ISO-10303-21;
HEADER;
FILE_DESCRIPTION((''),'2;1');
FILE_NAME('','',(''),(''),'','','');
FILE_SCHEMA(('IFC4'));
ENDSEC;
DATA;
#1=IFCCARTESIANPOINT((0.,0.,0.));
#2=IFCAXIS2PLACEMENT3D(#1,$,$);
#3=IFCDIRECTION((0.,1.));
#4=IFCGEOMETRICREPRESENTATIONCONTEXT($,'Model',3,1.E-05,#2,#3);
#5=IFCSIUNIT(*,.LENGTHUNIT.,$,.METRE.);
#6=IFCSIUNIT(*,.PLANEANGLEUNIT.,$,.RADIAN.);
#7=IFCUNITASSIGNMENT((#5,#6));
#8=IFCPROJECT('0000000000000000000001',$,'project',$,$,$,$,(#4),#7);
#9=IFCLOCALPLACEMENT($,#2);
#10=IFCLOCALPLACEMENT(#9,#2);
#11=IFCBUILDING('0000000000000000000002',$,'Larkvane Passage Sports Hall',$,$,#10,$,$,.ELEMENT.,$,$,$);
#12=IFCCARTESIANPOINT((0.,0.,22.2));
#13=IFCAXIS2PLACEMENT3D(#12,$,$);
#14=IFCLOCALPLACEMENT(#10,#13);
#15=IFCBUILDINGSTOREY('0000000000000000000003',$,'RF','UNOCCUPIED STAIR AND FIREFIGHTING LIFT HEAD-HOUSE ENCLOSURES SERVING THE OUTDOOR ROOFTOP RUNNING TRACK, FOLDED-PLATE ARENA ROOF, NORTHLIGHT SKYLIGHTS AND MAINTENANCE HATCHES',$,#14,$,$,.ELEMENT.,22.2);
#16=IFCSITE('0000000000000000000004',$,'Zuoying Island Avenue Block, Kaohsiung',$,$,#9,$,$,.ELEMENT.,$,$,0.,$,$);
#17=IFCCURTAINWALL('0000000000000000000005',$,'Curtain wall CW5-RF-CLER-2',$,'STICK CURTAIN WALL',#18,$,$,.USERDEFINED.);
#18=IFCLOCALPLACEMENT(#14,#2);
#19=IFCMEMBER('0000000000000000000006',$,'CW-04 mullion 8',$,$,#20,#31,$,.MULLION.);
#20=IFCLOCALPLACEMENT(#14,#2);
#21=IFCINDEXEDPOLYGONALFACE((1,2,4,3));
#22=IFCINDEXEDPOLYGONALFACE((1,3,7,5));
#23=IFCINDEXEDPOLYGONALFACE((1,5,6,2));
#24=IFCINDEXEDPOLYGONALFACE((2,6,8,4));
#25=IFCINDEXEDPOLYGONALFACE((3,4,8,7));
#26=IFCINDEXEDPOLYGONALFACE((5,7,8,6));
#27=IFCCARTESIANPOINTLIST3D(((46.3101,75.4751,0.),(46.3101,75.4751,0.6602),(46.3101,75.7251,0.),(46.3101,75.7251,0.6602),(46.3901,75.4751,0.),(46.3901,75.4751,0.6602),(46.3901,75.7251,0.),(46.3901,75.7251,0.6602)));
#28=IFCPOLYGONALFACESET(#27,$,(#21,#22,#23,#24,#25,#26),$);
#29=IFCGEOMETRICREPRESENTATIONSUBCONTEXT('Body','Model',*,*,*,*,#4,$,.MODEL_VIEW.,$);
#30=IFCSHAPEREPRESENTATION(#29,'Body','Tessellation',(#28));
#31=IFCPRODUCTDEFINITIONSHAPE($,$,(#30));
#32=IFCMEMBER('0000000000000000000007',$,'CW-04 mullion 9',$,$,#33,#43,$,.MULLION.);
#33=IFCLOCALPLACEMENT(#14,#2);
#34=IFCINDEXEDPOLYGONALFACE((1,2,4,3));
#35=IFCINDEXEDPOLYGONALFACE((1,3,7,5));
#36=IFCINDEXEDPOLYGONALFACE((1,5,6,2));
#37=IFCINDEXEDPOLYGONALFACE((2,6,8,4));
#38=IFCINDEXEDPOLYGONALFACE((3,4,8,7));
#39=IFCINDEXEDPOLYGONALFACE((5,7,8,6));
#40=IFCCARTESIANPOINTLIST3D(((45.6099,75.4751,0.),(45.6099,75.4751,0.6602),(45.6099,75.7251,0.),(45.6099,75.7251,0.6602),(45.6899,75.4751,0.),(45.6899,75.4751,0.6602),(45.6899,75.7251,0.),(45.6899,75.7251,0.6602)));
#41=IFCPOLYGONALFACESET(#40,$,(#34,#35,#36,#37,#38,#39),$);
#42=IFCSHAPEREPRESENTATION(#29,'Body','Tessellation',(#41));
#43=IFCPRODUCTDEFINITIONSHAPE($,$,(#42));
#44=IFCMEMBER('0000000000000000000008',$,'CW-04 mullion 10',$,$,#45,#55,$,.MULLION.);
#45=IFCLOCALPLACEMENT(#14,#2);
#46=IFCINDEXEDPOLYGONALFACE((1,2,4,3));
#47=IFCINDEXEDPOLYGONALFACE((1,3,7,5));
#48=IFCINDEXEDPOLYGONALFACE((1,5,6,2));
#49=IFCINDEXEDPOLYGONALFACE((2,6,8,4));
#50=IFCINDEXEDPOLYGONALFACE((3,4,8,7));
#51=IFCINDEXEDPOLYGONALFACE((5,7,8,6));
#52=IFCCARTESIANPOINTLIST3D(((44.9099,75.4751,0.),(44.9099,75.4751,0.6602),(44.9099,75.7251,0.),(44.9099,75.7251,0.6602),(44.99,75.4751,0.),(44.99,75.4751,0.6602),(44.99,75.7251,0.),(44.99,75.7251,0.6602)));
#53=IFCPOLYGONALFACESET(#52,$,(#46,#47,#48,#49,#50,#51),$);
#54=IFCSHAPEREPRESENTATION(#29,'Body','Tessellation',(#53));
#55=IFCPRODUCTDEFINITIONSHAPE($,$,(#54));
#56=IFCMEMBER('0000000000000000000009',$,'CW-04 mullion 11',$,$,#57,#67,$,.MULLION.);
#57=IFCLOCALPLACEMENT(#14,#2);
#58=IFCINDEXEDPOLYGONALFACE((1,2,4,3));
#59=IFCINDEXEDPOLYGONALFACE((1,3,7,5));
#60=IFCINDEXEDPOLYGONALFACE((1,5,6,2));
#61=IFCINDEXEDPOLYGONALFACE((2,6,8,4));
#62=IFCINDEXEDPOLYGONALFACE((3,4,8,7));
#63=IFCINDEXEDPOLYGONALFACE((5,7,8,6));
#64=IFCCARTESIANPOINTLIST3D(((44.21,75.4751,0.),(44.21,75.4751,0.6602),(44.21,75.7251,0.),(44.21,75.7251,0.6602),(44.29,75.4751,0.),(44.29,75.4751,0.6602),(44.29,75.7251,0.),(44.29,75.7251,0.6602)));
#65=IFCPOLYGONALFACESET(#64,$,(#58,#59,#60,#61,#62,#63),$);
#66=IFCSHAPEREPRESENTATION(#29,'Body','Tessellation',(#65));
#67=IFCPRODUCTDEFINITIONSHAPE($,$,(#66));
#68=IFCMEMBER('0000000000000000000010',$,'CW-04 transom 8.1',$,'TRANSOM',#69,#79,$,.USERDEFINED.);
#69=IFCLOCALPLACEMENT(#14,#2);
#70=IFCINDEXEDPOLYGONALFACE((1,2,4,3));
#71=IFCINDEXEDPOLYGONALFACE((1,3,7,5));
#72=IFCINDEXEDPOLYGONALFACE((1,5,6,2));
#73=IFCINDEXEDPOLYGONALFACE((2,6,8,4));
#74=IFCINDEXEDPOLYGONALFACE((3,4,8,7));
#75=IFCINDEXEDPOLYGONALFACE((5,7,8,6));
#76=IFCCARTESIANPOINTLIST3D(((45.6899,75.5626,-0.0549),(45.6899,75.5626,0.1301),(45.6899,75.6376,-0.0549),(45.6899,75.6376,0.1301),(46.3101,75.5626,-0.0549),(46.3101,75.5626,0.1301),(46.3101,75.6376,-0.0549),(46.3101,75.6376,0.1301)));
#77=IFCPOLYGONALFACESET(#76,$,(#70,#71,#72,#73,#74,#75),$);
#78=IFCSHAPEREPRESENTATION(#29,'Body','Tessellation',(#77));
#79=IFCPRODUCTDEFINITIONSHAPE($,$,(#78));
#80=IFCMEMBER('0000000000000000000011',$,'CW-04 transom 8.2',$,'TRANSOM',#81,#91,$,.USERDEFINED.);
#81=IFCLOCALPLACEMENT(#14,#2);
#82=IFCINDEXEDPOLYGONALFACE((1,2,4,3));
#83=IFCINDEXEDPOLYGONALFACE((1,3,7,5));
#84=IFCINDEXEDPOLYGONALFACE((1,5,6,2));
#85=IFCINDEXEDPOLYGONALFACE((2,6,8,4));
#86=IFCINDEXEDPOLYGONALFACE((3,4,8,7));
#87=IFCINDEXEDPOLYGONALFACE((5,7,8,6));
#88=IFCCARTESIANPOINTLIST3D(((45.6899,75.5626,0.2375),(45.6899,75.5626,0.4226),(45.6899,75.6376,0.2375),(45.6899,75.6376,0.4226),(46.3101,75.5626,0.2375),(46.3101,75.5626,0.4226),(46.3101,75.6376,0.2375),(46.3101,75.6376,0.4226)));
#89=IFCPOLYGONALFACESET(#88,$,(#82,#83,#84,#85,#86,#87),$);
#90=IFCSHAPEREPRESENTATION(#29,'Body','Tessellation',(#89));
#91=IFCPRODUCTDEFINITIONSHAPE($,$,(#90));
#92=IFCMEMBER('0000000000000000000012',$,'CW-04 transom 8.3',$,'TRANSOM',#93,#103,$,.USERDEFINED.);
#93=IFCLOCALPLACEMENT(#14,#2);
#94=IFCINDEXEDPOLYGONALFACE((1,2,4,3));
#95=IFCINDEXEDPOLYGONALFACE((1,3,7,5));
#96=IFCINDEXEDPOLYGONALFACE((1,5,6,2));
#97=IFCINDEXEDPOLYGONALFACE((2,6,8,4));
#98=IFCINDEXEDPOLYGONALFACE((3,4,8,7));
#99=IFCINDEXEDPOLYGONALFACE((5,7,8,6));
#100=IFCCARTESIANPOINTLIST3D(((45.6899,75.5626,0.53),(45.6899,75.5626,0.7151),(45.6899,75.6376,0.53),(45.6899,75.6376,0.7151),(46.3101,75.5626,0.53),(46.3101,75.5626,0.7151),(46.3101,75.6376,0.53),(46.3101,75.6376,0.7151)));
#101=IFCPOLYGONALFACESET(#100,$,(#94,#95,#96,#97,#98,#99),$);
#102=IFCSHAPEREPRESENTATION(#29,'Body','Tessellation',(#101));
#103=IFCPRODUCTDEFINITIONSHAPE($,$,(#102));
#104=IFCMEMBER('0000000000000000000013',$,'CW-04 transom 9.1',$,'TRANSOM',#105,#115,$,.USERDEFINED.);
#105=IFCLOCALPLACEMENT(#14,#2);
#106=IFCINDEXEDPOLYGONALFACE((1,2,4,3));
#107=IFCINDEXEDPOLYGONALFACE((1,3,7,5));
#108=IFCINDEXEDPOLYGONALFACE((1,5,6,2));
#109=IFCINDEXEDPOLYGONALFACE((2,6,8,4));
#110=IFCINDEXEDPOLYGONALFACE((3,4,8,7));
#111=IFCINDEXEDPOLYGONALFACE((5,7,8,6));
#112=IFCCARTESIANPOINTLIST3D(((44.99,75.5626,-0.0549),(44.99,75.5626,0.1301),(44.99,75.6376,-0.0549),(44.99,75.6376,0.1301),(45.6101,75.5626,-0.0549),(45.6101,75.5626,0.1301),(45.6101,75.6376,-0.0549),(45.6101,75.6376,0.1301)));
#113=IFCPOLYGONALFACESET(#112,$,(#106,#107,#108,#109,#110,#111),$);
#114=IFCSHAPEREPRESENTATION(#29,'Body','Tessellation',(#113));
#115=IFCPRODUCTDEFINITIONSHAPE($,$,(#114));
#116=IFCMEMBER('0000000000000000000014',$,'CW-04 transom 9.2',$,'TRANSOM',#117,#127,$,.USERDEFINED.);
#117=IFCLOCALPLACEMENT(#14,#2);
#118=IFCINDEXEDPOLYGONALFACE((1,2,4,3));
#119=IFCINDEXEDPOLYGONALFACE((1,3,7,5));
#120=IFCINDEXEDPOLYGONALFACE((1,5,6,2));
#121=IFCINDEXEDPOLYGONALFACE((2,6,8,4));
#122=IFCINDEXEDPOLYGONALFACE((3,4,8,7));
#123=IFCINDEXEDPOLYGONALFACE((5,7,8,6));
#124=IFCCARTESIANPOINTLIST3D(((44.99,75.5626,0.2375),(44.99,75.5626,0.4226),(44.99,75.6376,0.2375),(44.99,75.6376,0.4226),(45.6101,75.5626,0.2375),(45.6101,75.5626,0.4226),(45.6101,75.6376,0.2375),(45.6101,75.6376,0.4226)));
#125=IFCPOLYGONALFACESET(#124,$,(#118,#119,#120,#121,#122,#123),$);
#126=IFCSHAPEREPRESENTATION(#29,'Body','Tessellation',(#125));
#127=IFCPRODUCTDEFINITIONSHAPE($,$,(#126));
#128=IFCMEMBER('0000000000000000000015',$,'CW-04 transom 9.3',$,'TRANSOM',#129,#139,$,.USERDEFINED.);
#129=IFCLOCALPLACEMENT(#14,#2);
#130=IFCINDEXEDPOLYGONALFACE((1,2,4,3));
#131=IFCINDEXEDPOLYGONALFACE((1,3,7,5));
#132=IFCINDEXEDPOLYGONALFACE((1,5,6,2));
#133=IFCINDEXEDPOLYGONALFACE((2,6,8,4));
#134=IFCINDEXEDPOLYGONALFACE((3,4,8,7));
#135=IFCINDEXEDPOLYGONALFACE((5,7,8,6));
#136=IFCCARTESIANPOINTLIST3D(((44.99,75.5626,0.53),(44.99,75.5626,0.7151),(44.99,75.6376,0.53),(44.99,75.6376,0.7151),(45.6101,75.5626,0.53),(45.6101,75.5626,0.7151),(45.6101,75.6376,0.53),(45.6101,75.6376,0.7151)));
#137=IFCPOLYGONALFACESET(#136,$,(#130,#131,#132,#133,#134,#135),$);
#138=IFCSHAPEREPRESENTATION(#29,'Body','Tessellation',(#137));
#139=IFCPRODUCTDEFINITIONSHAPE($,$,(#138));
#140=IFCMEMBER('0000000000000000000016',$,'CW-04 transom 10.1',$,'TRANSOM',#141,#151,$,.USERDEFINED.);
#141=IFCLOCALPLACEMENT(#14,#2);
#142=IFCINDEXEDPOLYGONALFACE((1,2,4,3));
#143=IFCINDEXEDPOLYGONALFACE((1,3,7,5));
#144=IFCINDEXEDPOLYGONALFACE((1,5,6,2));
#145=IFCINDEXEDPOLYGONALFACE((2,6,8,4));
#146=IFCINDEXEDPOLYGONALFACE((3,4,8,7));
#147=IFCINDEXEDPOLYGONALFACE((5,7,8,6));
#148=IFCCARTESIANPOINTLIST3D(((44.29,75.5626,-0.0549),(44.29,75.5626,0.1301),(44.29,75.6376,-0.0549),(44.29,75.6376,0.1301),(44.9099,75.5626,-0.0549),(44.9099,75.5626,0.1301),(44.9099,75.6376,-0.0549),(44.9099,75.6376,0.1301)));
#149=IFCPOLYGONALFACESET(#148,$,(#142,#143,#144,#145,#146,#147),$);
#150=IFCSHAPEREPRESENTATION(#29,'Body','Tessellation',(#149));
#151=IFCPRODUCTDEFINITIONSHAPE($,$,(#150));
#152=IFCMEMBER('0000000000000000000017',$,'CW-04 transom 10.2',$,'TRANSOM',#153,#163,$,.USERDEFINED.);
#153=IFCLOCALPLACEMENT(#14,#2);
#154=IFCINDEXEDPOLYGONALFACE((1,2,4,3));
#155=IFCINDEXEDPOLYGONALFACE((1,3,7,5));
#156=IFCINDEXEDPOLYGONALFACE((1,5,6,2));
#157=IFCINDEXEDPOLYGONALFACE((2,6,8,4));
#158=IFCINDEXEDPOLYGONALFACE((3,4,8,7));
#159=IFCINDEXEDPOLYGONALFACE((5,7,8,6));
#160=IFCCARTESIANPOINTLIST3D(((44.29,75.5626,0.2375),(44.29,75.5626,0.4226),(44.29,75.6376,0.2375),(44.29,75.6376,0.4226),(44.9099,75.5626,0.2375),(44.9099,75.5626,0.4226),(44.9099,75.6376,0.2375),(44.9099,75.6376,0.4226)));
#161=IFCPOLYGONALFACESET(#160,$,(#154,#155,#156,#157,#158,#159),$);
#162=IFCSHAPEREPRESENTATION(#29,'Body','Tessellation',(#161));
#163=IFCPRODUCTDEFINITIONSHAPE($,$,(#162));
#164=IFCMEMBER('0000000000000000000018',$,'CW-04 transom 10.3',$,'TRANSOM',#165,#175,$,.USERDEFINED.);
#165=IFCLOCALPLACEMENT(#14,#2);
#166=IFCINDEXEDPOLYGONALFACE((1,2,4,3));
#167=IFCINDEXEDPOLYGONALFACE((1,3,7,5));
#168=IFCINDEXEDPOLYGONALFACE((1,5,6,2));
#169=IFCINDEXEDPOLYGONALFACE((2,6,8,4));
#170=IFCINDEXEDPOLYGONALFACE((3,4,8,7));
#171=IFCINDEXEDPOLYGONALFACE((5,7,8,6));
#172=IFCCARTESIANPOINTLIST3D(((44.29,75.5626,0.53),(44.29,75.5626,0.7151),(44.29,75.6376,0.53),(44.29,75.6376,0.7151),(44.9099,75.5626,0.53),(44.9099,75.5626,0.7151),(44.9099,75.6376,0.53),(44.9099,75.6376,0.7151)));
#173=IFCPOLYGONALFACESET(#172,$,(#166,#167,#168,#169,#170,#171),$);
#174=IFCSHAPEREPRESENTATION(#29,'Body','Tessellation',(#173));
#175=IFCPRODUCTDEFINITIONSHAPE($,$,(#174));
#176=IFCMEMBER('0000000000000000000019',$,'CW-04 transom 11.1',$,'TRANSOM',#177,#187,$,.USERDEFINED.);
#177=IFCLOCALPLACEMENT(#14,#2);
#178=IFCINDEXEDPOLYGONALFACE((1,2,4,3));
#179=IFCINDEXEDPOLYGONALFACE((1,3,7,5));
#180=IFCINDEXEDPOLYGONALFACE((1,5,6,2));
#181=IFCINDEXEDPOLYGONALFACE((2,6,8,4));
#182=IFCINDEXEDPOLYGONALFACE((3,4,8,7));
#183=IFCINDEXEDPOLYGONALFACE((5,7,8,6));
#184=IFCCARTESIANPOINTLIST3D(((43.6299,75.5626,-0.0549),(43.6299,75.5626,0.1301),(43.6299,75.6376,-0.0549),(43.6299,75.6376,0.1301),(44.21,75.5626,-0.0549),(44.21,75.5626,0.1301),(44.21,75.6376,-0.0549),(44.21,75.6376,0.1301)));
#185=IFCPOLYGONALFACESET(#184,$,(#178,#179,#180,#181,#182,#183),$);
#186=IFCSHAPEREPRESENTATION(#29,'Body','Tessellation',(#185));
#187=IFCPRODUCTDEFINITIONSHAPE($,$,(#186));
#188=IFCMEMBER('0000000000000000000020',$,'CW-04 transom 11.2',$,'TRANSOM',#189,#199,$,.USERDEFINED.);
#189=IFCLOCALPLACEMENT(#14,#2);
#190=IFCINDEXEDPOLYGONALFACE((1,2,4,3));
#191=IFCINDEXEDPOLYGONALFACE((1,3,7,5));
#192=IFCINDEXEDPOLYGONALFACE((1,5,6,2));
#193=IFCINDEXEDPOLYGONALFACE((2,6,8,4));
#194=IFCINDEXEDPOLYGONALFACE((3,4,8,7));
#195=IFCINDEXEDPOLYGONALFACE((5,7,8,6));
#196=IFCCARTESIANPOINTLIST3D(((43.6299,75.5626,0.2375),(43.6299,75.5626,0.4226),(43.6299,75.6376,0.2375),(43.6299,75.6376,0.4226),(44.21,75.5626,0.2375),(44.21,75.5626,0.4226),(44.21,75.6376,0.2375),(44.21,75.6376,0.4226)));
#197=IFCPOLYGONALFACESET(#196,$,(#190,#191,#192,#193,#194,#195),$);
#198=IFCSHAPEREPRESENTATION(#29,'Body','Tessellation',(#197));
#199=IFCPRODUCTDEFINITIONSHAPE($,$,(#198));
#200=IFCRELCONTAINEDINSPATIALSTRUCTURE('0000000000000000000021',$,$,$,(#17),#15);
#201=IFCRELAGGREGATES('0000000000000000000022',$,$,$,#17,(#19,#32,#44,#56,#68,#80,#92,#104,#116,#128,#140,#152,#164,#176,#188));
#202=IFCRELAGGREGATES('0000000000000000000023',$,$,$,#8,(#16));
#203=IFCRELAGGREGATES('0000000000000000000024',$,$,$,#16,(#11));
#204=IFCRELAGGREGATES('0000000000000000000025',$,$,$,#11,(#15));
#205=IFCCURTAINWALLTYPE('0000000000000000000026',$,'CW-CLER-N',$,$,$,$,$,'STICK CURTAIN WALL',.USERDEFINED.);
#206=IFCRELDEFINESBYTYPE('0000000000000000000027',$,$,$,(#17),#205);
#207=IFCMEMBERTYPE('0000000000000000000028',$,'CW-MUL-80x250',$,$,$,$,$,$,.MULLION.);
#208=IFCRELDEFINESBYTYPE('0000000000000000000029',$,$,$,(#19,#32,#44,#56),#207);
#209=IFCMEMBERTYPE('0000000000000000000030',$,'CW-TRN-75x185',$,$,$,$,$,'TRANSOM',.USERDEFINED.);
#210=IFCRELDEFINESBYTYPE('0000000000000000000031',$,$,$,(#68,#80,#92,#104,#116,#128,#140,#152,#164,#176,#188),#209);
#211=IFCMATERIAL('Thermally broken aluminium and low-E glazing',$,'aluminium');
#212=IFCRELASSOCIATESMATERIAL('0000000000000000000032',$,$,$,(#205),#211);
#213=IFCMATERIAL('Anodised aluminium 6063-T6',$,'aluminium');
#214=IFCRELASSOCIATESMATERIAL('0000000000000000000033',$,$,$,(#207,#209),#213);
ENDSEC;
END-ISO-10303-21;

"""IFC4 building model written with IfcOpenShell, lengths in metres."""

from ifc_helpers import new_model, si_unit, direction, frame, origin, origin_2d, place, context, subcontext, project, spatial, rectangle, extrude, material, material_profile, profile_set, type_object, element, aggregate, save


model = new_model("IFC4")

# Units and contexts
model_context = context("Model", 3, precision=1e-05, world=origin(), true_north=direction((0.0, 1.0)))
body_context = subcontext(model_context, "Body", "Model", "MODEL_VIEW")
ifc_project = project(units=[si_unit("LENGTHUNIT", "METRE"), si_unit("PLANEANGLEUNIT", "RADIAN")], contexts=[model_context])

# Site, building, storey
site_placement = place(None, origin())
site = spatial("IfcSite", under=ifc_project, at=site_placement, Name="Zuoying Island Avenue Block, Kaohsiung", CompositionType="ELEMENT", RefElevation=0.0)
building_placement = place(site_placement, origin())
building = spatial("IfcBuilding", under=site, at=building_placement, Name="Larkvane Passage Sports Hall", CompositionType="ELEMENT")
storey_placement = place(building_placement, frame((0.0, 0.0, 22.2)))
storey = spatial("IfcBuildingStorey", under=building, at=storey_placement, Name="RF", Description="UNOCCUPIED STAIR AND FIREFIGHTING LIFT HEAD-HOUSE ENCLOSURES SERVING THE OUTDOOR ROOFTOP RUNNING TRACK, FOLDED-PLATE ARENA ROOF, NORTHLIGHT SKYLIGHTS AND MAINTENANCE HATCHES", CompositionType="ELEMENT", Elevation=22.2)

# Curtain wall, members
ifc_material_1 = material(Name="Thermally broken aluminium and low-E glazing", Category="aluminium")
curtain_wall_type = type_object("IfcCurtainWallType", Name="CW-CLER-N", ElementType="STICK CURTAIN WALL", PredefinedType="USERDEFINED", material=ifc_material_1)
curtain_wall_placement = place(storey_placement, origin())
curtain_wall = element("IfcCurtainWall", 1, at=curtain_wall_placement, inside=storey, type_object=curtain_wall_type, Name="Curtain wall CW5-RF-CLER-2", ObjectType="STICK CURTAIN WALL", PredefinedType="USERDEFINED")
ifc_material_2 = material(Name="Anodised aluminium 6063-T6", Category="aluminium")
ifc_material_profile_1 = material_profile(ifc_material_2, rectangle(XDim=0.0801, YDim=0.25, at=origin_2d()), Name="ALU-MUL-80x250")
ifc_profile_set_1 = profile_set([ifc_material_profile_1], Name="Anodised aluminium 6063-T6")
member_type_1 = type_object("IfcMemberType", Name="CW-MUL-80x250", PredefinedType="MULLION", material=ifc_profile_set_1)
member_1_placement = place(storey_placement, frame((46.3501, 75.6001, 0.0), z_axis=(0.0, 0.0, 1.0), x_axis=(-1.0, 0.0, 0.0)))
member_1 = element("IfcMember", 2, at=member_1_placement, type_object=member_type_1, Name="CW-04 mullion 8", PredefinedType="MULLION", context=body_context, shape_type="SweptSolid", body=[
    extrude(rectangle(XDim=0.0801, YDim=0.25, at=origin_2d()), origin(), (0.0, 0.0, 1.0), 0.6602),
])
member_2_placement = place(storey_placement, frame((45.6499, 75.6001, 0.0), z_axis=(0.0, 0.0, 1.0), x_axis=(-1.0, 0.0, 0.0)))
member_2 = element("IfcMember", 3, at=member_2_placement, type_object=member_type_1, Name="CW-04 mullion 9", PredefinedType="MULLION", context=body_context, shape_type="SweptSolid", body=[
    extrude(rectangle(XDim=0.0801, YDim=0.25, at=origin_2d()), origin(), (0.0, 0.0, 1.0), 0.6602),
])
member_3_placement = place(storey_placement, frame((44.95, 75.6001, 0.0), z_axis=(0.0, 0.0, 1.0), x_axis=(-1.0, 0.0, 0.0)))
member_3 = element("IfcMember", 4, at=member_3_placement, type_object=member_type_1, Name="CW-04 mullion 10", PredefinedType="MULLION", context=body_context, shape_type="SweptSolid", body=[
    extrude(rectangle(XDim=0.0801, YDim=0.25, at=origin_2d()), origin(), (0.0, 0.0, 1.0), 0.6602),
])
member_4_placement = place(storey_placement, frame((44.25, 75.6001, 0.0), z_axis=(0.0, 0.0, 1.0), x_axis=(-1.0, 0.0, 0.0)))
member_4 = element("IfcMember", 5, at=member_4_placement, type_object=member_type_1, Name="CW-04 mullion 11", PredefinedType="MULLION", context=body_context, shape_type="SweptSolid", body=[
    extrude(rectangle(XDim=0.0801, YDim=0.25, at=origin_2d()), origin(), (0.0, 0.0, 1.0), 0.6602),
])
ifc_material_profile_2 = material_profile(ifc_material_2, rectangle(XDim=0.075, YDim=0.1851, at=origin_2d()), Name="ALU-TRN-75x185")
ifc_profile_set_2 = profile_set([ifc_material_profile_2], Name="Anodised aluminium 6063-T6")
member_type_2 = type_object("IfcMemberType", Name="CW-TRN-75x185", ElementType="TRANSOM", PredefinedType="USERDEFINED", material=ifc_profile_set_2)
member_5_placement = place(storey_placement, frame((46.3101, 75.6001, 0.0376), z_axis=(-1.0, 0.0, 0.0), x_axis=(0.0, -1.0, 0.0)))
member_5 = element("IfcMember", 6, at=member_5_placement, type_object=member_type_2, Name="CW-04 transom 8.1", ObjectType="TRANSOM", PredefinedType="USERDEFINED", context=body_context, shape_type="SweptSolid", body=[
    extrude(rectangle(XDim=0.075, YDim=0.1851, at=origin_2d()), origin(), (0.0, 0.0, 1.0), 0.6201),
])
member_6_placement = place(storey_placement, frame((46.3101, 75.6001, 0.3301), z_axis=(-1.0, 0.0, 0.0), x_axis=(0.0, -1.0, 0.0)))
member_6 = element("IfcMember", 7, at=member_6_placement, type_object=member_type_2, Name="CW-04 transom 8.2", ObjectType="TRANSOM", PredefinedType="USERDEFINED", context=body_context, shape_type="SweptSolid", body=[
    extrude(rectangle(XDim=0.075, YDim=0.1851, at=origin_2d()), origin(), (0.0, 0.0, 1.0), 0.6201),
])
member_7_placement = place(storey_placement, frame((46.3101, 75.6001, 0.6226), z_axis=(-1.0, 0.0, 0.0), x_axis=(0.0, -1.0, 0.0)))
member_7 = element("IfcMember", 8, at=member_7_placement, type_object=member_type_2, Name="CW-04 transom 8.3", ObjectType="TRANSOM", PredefinedType="USERDEFINED", context=body_context, shape_type="SweptSolid", body=[
    extrude(rectangle(XDim=0.075, YDim=0.1851, at=origin_2d()), origin(), (0.0, 0.0, 1.0), 0.6201),
])
member_8_placement = place(storey_placement, frame((45.6101, 75.6001, 0.0376), z_axis=(-1.0, 0.0, 0.0), x_axis=(0.0, -1.0, 0.0)))
member_8 = element("IfcMember", 9, at=member_8_placement, type_object=member_type_2, Name="CW-04 transom 9.1", ObjectType="TRANSOM", PredefinedType="USERDEFINED", context=body_context, shape_type="SweptSolid", body=[
    extrude(rectangle(XDim=0.075, YDim=0.1851, at=origin_2d()), origin(), (0.0, 0.0, 1.0), 0.6201),
])
member_9_placement = place(storey_placement, frame((45.6101, 75.6001, 0.3301), z_axis=(-1.0, 0.0, 0.0), x_axis=(0.0, -1.0, 0.0)))
member_9 = element("IfcMember", 10, at=member_9_placement, type_object=member_type_2, Name="CW-04 transom 9.2", ObjectType="TRANSOM", PredefinedType="USERDEFINED", context=body_context, shape_type="SweptSolid", body=[
    extrude(rectangle(XDim=0.075, YDim=0.1851, at=origin_2d()), origin(), (0.0, 0.0, 1.0), 0.6201),
])
member_10_placement = place(storey_placement, frame((45.6101, 75.6001, 0.6226), z_axis=(-1.0, 0.0, 0.0), x_axis=(0.0, -1.0, 0.0)))
member_10 = element("IfcMember", 11, at=member_10_placement, type_object=member_type_2, Name="CW-04 transom 9.3", ObjectType="TRANSOM", PredefinedType="USERDEFINED", context=body_context, shape_type="SweptSolid", body=[
    extrude(rectangle(XDim=0.075, YDim=0.1851, at=origin_2d()), origin(), (0.0, 0.0, 1.0), 0.6201),
])
member_11_placement = place(storey_placement, frame((44.9099, 75.6001, 0.0376), z_axis=(-1.0, 0.0, 0.0), x_axis=(0.0, -1.0, 0.0)))
member_11 = element("IfcMember", 12, at=member_11_placement, type_object=member_type_2, Name="CW-04 transom 10.1", ObjectType="TRANSOM", PredefinedType="USERDEFINED", context=body_context, shape_type="SweptSolid", body=[
    extrude(rectangle(XDim=0.075, YDim=0.1851, at=origin_2d()), origin(), (0.0, 0.0, 1.0), 0.6199),
])
member_12_placement = place(storey_placement, frame((44.9099, 75.6001, 0.3301), z_axis=(-1.0, 0.0, 0.0), x_axis=(0.0, -1.0, 0.0)))
member_12 = element("IfcMember", 13, at=member_12_placement, type_object=member_type_2, Name="CW-04 transom 10.2", ObjectType="TRANSOM", PredefinedType="USERDEFINED", context=body_context, shape_type="SweptSolid", body=[
    extrude(rectangle(XDim=0.075, YDim=0.1851, at=origin_2d()), origin(), (0.0, 0.0, 1.0), 0.6199),
])
member_13_placement = place(storey_placement, frame((44.9099, 75.6001, 0.6226), z_axis=(-1.0, 0.0, 0.0), x_axis=(0.0, -1.0, 0.0)))
member_13 = element("IfcMember", 14, at=member_13_placement, type_object=member_type_2, Name="CW-04 transom 10.3", ObjectType="TRANSOM", PredefinedType="USERDEFINED", context=body_context, shape_type="SweptSolid", body=[
    extrude(rectangle(XDim=0.075, YDim=0.1851, at=origin_2d()), origin(), (0.0, 0.0, 1.0), 0.6199),
])
member_14_placement = place(storey_placement, frame((44.21, 75.6001, 0.0376), z_axis=(-1.0, 0.0, 0.0), x_axis=(0.0, -1.0, 0.0)))
member_14 = element("IfcMember", 15, at=member_14_placement, type_object=member_type_2, Name="CW-04 transom 11.1", ObjectType="TRANSOM", PredefinedType="USERDEFINED", context=body_context, shape_type="SweptSolid", body=[
    extrude(rectangle(XDim=0.075, YDim=0.1851, at=origin_2d()), origin(), (0.0, 0.0, 1.0), 0.5801),
])
member_15_placement = place(storey_placement, frame((44.21, 75.6001, 0.3301), z_axis=(-1.0, 0.0, 0.0), x_axis=(0.0, -1.0, 0.0)))
member_15 = element("IfcMember", 16, at=member_15_placement, type_object=member_type_2, Name="CW-04 transom 11.2", ObjectType="TRANSOM", PredefinedType="USERDEFINED", context=body_context, shape_type="SweptSolid", body=[
    extrude(rectangle(XDim=0.075, YDim=0.1851, at=origin_2d()), origin(), (0.0, 0.0, 1.0), 0.5801),
])
aggregate(curtain_wall, [member_1, member_2, member_3, member_4, member_5, member_6, member_7, member_8, member_9, member_10, member_11, member_12, member_13, member_14, member_15])

save(model, "model.ifc")
